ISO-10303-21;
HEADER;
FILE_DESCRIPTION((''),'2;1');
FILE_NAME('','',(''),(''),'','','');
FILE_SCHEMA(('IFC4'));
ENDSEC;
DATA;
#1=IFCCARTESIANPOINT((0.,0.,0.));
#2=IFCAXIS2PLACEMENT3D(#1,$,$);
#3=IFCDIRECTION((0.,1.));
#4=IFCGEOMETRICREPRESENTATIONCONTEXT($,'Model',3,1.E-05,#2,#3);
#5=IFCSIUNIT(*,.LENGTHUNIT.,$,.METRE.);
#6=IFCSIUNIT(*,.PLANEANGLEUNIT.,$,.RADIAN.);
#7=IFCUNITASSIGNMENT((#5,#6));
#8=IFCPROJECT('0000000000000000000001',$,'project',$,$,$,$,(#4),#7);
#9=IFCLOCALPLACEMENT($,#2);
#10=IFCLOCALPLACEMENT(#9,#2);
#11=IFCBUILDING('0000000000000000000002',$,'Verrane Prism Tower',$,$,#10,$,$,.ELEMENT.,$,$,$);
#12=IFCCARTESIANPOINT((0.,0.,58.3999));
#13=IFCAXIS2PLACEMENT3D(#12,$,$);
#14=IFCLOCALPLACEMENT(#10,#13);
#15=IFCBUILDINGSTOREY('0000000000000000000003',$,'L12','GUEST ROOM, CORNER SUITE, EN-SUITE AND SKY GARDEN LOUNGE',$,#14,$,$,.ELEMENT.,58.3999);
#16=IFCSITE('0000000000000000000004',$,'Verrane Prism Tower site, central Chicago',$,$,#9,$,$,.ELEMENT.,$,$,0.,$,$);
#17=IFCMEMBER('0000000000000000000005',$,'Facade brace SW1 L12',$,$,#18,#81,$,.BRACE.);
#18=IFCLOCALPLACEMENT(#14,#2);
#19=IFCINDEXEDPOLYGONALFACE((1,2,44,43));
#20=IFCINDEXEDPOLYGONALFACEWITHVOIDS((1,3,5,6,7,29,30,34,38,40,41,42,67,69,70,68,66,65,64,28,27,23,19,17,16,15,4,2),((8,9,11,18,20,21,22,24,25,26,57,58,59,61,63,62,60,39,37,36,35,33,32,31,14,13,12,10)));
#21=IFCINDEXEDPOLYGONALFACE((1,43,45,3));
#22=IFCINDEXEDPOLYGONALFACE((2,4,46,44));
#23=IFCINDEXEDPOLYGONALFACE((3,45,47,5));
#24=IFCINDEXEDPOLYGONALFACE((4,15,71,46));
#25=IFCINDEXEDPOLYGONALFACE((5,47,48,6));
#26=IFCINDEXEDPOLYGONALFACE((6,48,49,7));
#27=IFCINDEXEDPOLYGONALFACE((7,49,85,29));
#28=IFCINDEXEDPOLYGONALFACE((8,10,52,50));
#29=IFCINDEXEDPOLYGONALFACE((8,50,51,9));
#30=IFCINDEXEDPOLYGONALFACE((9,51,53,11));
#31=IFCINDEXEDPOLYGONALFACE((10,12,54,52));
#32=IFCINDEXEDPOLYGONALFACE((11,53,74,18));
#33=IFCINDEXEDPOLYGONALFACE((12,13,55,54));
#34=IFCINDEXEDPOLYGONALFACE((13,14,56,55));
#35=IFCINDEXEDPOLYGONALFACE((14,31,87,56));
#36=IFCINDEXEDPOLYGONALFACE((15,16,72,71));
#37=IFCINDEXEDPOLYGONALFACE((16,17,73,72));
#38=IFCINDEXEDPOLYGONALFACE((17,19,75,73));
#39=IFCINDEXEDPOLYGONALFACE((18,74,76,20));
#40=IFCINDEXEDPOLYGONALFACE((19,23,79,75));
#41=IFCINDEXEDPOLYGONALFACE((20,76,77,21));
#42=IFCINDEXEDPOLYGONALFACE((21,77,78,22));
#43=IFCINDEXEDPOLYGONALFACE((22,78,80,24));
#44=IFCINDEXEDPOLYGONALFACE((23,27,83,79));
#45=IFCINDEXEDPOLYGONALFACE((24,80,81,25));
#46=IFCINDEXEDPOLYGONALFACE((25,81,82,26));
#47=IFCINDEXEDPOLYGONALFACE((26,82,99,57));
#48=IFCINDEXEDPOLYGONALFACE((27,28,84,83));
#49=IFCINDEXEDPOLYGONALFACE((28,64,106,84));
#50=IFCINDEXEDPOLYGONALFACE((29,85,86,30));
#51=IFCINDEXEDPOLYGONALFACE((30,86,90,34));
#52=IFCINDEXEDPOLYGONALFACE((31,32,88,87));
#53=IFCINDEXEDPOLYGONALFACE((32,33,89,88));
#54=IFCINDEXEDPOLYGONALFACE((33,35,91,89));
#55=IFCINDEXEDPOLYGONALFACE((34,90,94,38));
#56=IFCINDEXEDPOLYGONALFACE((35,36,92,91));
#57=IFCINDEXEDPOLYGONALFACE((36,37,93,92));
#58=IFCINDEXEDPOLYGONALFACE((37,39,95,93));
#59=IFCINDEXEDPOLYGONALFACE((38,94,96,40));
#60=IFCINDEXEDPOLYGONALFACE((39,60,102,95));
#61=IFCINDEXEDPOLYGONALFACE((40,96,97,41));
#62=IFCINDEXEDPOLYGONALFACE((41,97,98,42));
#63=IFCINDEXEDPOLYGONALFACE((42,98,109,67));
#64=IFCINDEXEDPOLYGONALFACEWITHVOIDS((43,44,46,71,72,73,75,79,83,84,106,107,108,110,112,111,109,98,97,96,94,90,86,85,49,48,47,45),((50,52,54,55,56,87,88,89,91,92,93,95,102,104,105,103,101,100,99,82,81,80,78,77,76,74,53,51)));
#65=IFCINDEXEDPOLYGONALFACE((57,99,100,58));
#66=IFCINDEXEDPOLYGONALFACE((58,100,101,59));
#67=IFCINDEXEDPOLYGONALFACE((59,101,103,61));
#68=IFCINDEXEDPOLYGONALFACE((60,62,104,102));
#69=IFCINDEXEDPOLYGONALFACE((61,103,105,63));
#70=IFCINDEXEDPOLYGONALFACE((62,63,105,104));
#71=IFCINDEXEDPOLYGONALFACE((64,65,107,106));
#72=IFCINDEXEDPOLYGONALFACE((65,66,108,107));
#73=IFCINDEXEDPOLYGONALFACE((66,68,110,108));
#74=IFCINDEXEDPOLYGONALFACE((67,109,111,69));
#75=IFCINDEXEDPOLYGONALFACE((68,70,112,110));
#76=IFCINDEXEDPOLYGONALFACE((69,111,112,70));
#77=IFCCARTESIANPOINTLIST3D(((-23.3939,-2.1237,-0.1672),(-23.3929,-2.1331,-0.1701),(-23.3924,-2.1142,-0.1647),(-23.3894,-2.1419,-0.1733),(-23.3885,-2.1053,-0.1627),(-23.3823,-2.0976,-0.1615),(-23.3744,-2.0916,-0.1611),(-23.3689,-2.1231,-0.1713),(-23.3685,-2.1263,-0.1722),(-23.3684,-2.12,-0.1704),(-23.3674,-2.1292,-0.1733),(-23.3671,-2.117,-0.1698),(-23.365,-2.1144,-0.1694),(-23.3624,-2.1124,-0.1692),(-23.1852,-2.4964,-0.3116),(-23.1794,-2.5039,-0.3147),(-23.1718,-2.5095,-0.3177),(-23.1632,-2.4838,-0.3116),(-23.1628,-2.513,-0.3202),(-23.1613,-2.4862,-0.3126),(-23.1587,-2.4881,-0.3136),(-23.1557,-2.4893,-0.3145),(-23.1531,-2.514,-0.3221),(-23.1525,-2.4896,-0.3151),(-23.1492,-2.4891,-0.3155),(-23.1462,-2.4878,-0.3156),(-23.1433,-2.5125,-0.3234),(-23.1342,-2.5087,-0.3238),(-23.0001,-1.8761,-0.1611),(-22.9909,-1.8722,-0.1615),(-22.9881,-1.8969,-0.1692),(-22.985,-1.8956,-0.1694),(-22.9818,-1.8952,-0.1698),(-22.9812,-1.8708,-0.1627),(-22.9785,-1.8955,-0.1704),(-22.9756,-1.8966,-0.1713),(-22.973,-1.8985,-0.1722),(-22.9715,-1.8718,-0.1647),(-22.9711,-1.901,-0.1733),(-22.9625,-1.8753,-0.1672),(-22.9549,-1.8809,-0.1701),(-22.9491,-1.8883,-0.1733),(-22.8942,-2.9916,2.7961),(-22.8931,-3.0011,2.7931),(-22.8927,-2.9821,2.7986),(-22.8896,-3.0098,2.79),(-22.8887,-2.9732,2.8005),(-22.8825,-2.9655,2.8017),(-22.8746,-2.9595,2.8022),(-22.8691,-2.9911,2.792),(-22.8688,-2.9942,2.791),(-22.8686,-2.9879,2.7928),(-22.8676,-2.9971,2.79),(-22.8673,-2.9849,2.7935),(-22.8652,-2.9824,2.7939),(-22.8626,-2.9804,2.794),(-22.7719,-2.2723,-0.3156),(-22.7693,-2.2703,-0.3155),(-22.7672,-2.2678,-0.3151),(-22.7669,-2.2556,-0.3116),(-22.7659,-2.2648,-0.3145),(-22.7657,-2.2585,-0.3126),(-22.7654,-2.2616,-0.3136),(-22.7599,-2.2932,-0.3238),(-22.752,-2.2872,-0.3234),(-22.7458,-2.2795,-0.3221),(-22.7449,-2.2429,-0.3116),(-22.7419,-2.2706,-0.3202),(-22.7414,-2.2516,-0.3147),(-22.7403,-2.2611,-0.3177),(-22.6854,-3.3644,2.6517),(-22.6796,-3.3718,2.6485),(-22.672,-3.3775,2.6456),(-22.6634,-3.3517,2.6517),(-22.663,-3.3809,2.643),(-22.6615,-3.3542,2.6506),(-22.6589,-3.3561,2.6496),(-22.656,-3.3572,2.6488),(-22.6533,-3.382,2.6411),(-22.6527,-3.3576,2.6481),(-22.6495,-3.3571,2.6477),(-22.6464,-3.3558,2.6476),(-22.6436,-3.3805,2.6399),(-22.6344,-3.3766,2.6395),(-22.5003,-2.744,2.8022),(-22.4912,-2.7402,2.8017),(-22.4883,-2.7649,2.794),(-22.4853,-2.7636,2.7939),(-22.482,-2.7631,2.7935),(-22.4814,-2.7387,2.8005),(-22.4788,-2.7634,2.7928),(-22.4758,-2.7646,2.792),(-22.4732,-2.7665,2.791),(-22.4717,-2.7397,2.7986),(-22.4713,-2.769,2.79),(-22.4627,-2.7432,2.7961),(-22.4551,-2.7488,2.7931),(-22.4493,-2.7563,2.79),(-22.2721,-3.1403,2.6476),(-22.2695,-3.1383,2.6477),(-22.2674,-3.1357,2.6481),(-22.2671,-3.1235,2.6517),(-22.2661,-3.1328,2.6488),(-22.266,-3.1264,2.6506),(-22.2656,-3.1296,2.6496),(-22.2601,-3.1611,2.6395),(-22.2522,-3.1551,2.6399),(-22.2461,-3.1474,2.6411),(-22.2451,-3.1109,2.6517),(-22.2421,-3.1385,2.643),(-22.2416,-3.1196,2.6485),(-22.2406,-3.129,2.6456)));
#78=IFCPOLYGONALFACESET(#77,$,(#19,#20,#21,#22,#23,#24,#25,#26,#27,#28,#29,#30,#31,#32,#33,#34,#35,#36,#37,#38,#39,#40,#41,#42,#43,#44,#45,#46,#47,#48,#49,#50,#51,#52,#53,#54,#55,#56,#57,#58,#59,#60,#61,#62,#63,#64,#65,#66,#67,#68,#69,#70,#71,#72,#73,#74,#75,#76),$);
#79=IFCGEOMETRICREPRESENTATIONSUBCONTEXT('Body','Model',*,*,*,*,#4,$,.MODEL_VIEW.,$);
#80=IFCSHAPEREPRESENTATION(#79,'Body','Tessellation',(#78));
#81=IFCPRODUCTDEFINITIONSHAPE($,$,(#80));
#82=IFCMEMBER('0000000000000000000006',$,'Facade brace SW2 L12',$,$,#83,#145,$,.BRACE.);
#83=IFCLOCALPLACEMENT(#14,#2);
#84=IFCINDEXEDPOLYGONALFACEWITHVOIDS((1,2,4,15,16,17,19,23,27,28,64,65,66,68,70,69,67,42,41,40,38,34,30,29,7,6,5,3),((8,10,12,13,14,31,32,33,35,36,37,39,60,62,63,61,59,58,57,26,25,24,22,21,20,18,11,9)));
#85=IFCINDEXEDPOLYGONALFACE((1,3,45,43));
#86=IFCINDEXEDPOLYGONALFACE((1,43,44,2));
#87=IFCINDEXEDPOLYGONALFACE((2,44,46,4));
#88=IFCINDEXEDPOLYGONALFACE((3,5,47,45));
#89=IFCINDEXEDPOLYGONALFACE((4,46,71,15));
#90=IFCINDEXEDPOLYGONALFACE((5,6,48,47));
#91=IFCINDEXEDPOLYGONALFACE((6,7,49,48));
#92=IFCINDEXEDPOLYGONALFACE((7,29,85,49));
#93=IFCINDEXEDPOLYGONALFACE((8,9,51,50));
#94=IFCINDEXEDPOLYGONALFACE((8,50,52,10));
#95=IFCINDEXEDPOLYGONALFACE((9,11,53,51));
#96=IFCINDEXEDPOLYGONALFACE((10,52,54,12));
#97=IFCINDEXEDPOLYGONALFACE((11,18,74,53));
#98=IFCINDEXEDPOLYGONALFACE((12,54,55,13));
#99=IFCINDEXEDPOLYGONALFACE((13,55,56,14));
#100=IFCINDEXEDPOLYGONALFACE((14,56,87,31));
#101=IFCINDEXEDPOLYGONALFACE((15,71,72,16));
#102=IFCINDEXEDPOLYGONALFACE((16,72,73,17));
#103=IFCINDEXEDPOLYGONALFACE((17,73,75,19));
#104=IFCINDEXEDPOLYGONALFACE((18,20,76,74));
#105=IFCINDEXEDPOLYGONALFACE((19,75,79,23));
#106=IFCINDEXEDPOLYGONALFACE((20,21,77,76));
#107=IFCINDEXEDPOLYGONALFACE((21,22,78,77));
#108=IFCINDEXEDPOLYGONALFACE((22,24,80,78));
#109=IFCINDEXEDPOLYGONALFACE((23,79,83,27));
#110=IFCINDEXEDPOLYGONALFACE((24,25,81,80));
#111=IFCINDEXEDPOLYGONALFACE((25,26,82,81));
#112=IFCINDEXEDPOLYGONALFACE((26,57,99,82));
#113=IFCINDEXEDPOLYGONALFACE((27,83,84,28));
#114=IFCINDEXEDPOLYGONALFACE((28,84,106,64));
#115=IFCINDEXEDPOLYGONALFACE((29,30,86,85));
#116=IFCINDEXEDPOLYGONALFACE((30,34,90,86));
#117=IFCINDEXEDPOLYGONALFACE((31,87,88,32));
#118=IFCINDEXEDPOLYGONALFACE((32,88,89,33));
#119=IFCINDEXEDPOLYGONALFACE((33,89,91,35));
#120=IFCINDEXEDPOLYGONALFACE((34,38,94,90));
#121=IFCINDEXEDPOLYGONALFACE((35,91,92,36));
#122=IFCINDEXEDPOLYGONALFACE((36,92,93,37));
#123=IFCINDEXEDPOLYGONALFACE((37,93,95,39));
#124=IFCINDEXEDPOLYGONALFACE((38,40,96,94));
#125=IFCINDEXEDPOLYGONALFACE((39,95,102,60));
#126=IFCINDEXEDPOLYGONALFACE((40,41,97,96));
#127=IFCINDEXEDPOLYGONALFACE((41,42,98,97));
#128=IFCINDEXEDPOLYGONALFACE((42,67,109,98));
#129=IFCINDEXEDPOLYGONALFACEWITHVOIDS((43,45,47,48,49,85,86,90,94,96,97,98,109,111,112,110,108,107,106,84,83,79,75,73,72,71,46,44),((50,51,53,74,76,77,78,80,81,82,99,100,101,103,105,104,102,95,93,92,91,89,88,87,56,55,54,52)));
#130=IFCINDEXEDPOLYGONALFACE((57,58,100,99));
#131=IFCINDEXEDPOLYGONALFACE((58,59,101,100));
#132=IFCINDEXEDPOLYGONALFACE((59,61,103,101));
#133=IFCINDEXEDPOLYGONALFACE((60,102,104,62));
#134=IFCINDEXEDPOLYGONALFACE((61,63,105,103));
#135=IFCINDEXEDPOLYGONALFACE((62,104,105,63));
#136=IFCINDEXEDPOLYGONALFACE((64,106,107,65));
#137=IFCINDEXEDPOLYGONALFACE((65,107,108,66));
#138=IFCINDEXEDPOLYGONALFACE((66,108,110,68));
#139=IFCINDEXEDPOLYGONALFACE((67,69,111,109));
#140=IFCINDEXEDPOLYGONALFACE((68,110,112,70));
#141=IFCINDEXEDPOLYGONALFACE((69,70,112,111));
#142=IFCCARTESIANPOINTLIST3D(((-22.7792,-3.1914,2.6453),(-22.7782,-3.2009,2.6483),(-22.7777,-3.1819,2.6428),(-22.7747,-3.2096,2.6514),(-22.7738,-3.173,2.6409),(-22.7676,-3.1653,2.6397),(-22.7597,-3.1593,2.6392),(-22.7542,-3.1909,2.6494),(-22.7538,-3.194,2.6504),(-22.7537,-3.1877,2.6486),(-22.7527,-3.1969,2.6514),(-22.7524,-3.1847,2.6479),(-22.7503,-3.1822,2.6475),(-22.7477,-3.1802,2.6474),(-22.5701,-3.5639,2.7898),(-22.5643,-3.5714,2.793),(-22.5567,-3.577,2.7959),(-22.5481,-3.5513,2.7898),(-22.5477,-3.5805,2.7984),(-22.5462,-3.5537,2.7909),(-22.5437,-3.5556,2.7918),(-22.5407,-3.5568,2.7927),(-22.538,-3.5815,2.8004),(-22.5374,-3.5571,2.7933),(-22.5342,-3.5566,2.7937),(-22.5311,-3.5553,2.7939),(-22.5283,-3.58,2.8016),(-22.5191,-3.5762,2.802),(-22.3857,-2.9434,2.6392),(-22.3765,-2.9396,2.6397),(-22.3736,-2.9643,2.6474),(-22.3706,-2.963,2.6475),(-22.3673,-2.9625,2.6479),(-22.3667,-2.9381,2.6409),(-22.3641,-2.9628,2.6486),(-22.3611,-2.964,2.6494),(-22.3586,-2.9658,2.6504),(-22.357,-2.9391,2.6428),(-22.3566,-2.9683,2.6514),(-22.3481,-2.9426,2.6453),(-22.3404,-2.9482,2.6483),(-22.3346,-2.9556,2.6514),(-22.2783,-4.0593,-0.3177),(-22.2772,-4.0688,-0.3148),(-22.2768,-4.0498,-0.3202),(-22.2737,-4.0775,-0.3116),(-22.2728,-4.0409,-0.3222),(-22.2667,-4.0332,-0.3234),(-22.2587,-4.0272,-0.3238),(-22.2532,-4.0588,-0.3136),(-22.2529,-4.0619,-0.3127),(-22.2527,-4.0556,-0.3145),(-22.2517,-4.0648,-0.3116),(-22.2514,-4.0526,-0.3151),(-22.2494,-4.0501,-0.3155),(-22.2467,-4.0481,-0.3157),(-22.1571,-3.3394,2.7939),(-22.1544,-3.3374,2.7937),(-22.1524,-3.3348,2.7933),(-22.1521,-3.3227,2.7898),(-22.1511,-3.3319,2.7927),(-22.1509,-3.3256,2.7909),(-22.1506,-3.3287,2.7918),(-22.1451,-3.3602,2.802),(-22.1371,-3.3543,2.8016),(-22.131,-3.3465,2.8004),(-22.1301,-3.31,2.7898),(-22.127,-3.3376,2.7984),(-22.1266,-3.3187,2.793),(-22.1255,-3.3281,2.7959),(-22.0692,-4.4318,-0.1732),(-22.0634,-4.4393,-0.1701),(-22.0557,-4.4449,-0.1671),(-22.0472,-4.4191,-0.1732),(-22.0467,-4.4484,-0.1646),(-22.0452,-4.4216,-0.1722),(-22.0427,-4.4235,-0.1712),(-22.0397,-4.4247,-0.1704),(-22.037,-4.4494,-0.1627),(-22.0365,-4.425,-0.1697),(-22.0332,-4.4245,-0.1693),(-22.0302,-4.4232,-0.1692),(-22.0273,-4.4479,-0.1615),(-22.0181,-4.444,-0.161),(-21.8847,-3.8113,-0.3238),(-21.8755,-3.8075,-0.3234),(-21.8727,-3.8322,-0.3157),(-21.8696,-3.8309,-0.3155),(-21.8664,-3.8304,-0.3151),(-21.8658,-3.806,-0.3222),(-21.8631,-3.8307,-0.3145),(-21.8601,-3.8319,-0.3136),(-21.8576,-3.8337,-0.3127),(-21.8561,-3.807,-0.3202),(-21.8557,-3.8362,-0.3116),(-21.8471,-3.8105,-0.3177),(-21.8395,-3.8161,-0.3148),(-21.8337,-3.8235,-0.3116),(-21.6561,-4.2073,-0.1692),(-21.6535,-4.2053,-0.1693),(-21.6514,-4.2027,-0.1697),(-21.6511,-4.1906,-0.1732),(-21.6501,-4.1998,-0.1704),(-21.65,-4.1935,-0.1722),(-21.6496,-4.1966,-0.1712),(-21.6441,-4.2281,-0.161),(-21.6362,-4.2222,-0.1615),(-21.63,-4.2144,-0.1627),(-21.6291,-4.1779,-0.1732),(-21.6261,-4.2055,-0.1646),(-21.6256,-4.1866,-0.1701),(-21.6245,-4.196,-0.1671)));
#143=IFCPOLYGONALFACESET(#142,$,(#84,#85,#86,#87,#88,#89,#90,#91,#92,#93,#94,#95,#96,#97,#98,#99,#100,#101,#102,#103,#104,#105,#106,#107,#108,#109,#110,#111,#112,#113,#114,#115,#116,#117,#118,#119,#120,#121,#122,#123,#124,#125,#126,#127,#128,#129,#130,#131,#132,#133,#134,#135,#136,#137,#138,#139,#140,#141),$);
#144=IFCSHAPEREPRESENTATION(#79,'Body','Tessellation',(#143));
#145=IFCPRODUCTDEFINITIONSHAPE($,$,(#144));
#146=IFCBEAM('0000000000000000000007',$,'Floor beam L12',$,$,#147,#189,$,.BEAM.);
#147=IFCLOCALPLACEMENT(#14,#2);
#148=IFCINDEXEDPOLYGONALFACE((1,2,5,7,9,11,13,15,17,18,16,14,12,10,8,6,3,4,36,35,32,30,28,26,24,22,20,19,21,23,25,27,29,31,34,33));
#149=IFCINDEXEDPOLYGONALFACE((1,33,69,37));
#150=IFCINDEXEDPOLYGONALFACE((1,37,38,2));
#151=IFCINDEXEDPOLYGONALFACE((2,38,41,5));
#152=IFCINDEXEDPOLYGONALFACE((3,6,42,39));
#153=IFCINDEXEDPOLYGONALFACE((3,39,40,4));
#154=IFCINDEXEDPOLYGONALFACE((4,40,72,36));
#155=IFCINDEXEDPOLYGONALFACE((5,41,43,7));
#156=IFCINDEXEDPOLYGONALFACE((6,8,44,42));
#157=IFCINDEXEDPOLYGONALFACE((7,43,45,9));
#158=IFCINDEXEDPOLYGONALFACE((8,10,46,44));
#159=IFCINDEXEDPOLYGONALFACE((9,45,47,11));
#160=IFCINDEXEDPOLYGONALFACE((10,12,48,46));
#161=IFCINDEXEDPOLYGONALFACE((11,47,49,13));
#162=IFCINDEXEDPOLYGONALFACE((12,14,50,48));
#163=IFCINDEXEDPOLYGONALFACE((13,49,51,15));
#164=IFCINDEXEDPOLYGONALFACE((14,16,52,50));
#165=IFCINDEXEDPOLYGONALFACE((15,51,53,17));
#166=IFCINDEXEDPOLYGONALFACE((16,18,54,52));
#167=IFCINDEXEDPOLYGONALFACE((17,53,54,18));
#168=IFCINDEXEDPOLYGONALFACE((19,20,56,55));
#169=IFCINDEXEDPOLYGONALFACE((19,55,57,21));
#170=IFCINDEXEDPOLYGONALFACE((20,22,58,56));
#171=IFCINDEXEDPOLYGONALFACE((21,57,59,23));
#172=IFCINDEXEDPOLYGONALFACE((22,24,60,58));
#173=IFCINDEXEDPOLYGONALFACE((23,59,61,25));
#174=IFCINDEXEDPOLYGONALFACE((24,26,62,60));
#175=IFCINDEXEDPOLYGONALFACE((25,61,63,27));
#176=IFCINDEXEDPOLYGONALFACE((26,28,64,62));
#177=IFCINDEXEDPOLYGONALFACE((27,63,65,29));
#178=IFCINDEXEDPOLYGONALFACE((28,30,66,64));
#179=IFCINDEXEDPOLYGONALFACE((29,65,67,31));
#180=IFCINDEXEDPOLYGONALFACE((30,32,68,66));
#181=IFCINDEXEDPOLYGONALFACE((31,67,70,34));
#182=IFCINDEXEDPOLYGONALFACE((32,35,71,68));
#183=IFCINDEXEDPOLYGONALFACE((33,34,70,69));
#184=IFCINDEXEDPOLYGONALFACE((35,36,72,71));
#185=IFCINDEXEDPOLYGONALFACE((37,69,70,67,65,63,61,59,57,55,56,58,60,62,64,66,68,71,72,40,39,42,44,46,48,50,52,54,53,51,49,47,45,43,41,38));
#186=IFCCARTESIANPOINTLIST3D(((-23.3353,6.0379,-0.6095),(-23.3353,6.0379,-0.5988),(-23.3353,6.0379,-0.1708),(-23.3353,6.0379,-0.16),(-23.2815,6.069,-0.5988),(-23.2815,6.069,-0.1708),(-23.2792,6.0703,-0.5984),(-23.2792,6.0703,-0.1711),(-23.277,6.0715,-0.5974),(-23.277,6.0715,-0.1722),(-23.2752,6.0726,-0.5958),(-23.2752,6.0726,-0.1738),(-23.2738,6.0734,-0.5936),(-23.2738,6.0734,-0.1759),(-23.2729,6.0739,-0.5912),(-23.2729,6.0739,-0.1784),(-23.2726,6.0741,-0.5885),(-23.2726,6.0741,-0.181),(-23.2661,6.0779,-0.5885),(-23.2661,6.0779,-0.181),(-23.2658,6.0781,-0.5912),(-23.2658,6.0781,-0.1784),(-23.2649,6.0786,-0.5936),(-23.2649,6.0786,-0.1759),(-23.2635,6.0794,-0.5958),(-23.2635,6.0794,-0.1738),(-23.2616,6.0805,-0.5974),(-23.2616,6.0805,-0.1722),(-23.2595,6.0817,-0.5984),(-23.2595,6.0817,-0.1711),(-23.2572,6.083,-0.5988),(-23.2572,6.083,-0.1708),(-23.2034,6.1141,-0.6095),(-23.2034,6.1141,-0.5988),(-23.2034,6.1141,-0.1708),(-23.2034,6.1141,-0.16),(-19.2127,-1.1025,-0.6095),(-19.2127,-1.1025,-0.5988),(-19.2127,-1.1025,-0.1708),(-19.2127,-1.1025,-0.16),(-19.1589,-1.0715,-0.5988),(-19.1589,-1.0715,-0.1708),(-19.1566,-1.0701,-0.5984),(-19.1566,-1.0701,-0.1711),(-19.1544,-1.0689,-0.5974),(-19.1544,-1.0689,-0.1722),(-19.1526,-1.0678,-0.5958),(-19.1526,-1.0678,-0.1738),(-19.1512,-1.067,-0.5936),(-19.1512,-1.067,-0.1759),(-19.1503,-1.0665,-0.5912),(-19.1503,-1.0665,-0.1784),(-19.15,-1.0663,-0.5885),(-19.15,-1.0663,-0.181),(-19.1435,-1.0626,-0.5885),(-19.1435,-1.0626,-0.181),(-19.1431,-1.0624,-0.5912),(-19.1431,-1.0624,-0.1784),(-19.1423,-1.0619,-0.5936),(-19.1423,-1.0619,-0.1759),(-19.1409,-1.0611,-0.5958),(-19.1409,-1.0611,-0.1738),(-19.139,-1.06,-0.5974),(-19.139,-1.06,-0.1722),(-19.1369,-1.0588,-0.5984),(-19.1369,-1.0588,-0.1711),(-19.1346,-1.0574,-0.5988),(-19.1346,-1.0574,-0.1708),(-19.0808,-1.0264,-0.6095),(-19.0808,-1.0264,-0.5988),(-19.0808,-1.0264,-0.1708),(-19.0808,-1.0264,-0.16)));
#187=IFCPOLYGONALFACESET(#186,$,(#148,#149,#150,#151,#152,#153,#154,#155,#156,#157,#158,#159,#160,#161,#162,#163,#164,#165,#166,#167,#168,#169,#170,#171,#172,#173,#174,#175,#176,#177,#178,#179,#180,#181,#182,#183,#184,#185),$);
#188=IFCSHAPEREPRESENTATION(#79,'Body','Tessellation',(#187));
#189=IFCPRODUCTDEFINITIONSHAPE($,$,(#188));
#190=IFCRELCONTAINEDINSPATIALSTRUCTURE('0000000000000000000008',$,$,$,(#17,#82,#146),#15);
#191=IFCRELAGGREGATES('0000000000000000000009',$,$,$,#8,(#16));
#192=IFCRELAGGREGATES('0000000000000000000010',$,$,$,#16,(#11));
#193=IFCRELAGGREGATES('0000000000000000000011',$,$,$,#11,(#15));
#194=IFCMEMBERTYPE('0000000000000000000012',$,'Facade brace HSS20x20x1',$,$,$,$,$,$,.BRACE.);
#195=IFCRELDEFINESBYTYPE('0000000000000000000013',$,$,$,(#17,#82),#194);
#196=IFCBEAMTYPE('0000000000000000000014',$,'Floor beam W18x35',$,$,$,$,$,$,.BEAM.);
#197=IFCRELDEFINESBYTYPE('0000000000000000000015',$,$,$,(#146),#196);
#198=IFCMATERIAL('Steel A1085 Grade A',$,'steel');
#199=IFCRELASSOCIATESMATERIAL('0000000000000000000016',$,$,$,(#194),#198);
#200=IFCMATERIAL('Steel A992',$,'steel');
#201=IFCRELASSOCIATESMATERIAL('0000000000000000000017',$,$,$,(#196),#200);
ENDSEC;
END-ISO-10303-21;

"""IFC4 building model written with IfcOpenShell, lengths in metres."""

from ifc_helpers import new_model, si_unit, direction, frame, origin, origin_2d, place, context, subcontext, project, spatial, hollow_rectangle, i_section, extrude, material, material_profile, profile_set, type_object, element, save


model = new_model("IFC4")

# Units and contexts
model_context = context("Model", 3, precision=1e-05, world=origin(), true_north=direction((0.0, 1.0)))
body_context = subcontext(model_context, "Body", "Model", "MODEL_VIEW")
ifc_project = project(units=[si_unit("LENGTHUNIT", "METRE"), si_unit("PLANEANGLEUNIT", "RADIAN")], contexts=[model_context])

# Site, building, storey
site_placement = place(None, origin())
site = spatial("IfcSite", under=ifc_project, at=site_placement, Name="Verrane Prism Tower site, central Chicago", CompositionType="ELEMENT", RefElevation=0.0)
building_placement = place(site_placement, origin())
building = spatial("IfcBuilding", under=site, at=building_placement, Name="Verrane Prism Tower", CompositionType="ELEMENT")
storey_placement = place(building_placement, frame((0.0, 0.0, 58.3999)))
storey = spatial("IfcBuildingStorey", under=building, at=storey_placement, Name="L12", Description="GUEST ROOM, CORNER SUITE, EN-SUITE AND SKY GARDEN LOUNGE", CompositionType="ELEMENT", Elevation=58.3999)

# Members
ifc_material_1 = material(Name="Steel A1085 Grade A", Category="steel")
ifc_material_profile_1 = material_profile(ifc_material_1, hollow_rectangle(XDim=0.5081, YDim=0.5081, WallThickness=0.0254, InnerFilletRadius=0.0127, OuterFilletRadius=0.0381, at=origin_2d()), Name="HSS20x20x1")
ifc_profile_set_1 = profile_set([ifc_material_profile_1], Name="Steel A1085 Grade A")
member_type_1 = type_object("IfcMemberType", Name="Facade brace HSS20x20x1", PredefinedType="BRACE", material=ifc_profile_set_1)
for number, where, z_axis, x_axis, name in (
    (1, (-23.0671, -2.1924, -0.2424), (0.159778, -0.277485, 0.947351), (0.866603, 0.498998, 0.0), "Facade brace SW1 L12"),
    (2, (-21.9514, -4.1277, -0.2424), (-0.160158, 0.277467, 0.947291), (-0.866076, -0.499912, 0.0), "Facade brace SW2 L12"),
):
    element("IfcMember", number, at=place(storey_placement, frame(where, z_axis=z_axis, x_axis=x_axis)), inside=storey, type_object=member_type_1, Name=name, PredefinedType="BRACE", context=body_context, shape_type="SweptSolid", body=[
        extrude(hollow_rectangle(XDim=0.5081, YDim=0.5081, WallThickness=0.0254, InnerFilletRadius=0.0127, OuterFilletRadius=0.0381, at=origin_2d()), origin(), (0.0, 0.0, 1.0), 3.1279),
    ])

# Beam
ifc_material_2 = material(Name="Steel A992", Category="steel")
ifc_material_profile_2 = material_profile(ifc_material_2, i_section(OverallWidth=0.1523, OverallDepth=0.4495, WebThickness=0.0076, FlangeThickness=0.0107, FilletRadius=0.0103, at=origin_2d()), Name="W18x35")
ifc_profile_set_2 = profile_set([ifc_material_profile_2], Name="Steel A992")
beam_type_1 = type_object("IfcBeamType", Name="Floor beam W18x35", PredefinedType="BEAM", material=ifc_profile_set_2)
beam_1_placement = place(storey_placement, frame((-19.1467, -1.0645, -0.3848), z_axis=(-0.500005, 0.866022, 0.0), x_axis=(-0.866022, -0.500005, 0.0)))
element("IfcBeam", 3, at=beam_1_placement, inside=storey, type_object=beam_type_1, Name="Floor beam L12", PredefinedType="BEAM", context=body_context, shape_type="SweptSolid", body=[
    extrude(i_section(OverallWidth=0.1523, OverallDepth=0.4495, WebThickness=0.0076, FlangeThickness=0.0107, FilletRadius=0.0103, at=origin_2d()), origin(), (0.0, 0.0, 1.0), 8.2451),
])

save(model, "model.ifc")
